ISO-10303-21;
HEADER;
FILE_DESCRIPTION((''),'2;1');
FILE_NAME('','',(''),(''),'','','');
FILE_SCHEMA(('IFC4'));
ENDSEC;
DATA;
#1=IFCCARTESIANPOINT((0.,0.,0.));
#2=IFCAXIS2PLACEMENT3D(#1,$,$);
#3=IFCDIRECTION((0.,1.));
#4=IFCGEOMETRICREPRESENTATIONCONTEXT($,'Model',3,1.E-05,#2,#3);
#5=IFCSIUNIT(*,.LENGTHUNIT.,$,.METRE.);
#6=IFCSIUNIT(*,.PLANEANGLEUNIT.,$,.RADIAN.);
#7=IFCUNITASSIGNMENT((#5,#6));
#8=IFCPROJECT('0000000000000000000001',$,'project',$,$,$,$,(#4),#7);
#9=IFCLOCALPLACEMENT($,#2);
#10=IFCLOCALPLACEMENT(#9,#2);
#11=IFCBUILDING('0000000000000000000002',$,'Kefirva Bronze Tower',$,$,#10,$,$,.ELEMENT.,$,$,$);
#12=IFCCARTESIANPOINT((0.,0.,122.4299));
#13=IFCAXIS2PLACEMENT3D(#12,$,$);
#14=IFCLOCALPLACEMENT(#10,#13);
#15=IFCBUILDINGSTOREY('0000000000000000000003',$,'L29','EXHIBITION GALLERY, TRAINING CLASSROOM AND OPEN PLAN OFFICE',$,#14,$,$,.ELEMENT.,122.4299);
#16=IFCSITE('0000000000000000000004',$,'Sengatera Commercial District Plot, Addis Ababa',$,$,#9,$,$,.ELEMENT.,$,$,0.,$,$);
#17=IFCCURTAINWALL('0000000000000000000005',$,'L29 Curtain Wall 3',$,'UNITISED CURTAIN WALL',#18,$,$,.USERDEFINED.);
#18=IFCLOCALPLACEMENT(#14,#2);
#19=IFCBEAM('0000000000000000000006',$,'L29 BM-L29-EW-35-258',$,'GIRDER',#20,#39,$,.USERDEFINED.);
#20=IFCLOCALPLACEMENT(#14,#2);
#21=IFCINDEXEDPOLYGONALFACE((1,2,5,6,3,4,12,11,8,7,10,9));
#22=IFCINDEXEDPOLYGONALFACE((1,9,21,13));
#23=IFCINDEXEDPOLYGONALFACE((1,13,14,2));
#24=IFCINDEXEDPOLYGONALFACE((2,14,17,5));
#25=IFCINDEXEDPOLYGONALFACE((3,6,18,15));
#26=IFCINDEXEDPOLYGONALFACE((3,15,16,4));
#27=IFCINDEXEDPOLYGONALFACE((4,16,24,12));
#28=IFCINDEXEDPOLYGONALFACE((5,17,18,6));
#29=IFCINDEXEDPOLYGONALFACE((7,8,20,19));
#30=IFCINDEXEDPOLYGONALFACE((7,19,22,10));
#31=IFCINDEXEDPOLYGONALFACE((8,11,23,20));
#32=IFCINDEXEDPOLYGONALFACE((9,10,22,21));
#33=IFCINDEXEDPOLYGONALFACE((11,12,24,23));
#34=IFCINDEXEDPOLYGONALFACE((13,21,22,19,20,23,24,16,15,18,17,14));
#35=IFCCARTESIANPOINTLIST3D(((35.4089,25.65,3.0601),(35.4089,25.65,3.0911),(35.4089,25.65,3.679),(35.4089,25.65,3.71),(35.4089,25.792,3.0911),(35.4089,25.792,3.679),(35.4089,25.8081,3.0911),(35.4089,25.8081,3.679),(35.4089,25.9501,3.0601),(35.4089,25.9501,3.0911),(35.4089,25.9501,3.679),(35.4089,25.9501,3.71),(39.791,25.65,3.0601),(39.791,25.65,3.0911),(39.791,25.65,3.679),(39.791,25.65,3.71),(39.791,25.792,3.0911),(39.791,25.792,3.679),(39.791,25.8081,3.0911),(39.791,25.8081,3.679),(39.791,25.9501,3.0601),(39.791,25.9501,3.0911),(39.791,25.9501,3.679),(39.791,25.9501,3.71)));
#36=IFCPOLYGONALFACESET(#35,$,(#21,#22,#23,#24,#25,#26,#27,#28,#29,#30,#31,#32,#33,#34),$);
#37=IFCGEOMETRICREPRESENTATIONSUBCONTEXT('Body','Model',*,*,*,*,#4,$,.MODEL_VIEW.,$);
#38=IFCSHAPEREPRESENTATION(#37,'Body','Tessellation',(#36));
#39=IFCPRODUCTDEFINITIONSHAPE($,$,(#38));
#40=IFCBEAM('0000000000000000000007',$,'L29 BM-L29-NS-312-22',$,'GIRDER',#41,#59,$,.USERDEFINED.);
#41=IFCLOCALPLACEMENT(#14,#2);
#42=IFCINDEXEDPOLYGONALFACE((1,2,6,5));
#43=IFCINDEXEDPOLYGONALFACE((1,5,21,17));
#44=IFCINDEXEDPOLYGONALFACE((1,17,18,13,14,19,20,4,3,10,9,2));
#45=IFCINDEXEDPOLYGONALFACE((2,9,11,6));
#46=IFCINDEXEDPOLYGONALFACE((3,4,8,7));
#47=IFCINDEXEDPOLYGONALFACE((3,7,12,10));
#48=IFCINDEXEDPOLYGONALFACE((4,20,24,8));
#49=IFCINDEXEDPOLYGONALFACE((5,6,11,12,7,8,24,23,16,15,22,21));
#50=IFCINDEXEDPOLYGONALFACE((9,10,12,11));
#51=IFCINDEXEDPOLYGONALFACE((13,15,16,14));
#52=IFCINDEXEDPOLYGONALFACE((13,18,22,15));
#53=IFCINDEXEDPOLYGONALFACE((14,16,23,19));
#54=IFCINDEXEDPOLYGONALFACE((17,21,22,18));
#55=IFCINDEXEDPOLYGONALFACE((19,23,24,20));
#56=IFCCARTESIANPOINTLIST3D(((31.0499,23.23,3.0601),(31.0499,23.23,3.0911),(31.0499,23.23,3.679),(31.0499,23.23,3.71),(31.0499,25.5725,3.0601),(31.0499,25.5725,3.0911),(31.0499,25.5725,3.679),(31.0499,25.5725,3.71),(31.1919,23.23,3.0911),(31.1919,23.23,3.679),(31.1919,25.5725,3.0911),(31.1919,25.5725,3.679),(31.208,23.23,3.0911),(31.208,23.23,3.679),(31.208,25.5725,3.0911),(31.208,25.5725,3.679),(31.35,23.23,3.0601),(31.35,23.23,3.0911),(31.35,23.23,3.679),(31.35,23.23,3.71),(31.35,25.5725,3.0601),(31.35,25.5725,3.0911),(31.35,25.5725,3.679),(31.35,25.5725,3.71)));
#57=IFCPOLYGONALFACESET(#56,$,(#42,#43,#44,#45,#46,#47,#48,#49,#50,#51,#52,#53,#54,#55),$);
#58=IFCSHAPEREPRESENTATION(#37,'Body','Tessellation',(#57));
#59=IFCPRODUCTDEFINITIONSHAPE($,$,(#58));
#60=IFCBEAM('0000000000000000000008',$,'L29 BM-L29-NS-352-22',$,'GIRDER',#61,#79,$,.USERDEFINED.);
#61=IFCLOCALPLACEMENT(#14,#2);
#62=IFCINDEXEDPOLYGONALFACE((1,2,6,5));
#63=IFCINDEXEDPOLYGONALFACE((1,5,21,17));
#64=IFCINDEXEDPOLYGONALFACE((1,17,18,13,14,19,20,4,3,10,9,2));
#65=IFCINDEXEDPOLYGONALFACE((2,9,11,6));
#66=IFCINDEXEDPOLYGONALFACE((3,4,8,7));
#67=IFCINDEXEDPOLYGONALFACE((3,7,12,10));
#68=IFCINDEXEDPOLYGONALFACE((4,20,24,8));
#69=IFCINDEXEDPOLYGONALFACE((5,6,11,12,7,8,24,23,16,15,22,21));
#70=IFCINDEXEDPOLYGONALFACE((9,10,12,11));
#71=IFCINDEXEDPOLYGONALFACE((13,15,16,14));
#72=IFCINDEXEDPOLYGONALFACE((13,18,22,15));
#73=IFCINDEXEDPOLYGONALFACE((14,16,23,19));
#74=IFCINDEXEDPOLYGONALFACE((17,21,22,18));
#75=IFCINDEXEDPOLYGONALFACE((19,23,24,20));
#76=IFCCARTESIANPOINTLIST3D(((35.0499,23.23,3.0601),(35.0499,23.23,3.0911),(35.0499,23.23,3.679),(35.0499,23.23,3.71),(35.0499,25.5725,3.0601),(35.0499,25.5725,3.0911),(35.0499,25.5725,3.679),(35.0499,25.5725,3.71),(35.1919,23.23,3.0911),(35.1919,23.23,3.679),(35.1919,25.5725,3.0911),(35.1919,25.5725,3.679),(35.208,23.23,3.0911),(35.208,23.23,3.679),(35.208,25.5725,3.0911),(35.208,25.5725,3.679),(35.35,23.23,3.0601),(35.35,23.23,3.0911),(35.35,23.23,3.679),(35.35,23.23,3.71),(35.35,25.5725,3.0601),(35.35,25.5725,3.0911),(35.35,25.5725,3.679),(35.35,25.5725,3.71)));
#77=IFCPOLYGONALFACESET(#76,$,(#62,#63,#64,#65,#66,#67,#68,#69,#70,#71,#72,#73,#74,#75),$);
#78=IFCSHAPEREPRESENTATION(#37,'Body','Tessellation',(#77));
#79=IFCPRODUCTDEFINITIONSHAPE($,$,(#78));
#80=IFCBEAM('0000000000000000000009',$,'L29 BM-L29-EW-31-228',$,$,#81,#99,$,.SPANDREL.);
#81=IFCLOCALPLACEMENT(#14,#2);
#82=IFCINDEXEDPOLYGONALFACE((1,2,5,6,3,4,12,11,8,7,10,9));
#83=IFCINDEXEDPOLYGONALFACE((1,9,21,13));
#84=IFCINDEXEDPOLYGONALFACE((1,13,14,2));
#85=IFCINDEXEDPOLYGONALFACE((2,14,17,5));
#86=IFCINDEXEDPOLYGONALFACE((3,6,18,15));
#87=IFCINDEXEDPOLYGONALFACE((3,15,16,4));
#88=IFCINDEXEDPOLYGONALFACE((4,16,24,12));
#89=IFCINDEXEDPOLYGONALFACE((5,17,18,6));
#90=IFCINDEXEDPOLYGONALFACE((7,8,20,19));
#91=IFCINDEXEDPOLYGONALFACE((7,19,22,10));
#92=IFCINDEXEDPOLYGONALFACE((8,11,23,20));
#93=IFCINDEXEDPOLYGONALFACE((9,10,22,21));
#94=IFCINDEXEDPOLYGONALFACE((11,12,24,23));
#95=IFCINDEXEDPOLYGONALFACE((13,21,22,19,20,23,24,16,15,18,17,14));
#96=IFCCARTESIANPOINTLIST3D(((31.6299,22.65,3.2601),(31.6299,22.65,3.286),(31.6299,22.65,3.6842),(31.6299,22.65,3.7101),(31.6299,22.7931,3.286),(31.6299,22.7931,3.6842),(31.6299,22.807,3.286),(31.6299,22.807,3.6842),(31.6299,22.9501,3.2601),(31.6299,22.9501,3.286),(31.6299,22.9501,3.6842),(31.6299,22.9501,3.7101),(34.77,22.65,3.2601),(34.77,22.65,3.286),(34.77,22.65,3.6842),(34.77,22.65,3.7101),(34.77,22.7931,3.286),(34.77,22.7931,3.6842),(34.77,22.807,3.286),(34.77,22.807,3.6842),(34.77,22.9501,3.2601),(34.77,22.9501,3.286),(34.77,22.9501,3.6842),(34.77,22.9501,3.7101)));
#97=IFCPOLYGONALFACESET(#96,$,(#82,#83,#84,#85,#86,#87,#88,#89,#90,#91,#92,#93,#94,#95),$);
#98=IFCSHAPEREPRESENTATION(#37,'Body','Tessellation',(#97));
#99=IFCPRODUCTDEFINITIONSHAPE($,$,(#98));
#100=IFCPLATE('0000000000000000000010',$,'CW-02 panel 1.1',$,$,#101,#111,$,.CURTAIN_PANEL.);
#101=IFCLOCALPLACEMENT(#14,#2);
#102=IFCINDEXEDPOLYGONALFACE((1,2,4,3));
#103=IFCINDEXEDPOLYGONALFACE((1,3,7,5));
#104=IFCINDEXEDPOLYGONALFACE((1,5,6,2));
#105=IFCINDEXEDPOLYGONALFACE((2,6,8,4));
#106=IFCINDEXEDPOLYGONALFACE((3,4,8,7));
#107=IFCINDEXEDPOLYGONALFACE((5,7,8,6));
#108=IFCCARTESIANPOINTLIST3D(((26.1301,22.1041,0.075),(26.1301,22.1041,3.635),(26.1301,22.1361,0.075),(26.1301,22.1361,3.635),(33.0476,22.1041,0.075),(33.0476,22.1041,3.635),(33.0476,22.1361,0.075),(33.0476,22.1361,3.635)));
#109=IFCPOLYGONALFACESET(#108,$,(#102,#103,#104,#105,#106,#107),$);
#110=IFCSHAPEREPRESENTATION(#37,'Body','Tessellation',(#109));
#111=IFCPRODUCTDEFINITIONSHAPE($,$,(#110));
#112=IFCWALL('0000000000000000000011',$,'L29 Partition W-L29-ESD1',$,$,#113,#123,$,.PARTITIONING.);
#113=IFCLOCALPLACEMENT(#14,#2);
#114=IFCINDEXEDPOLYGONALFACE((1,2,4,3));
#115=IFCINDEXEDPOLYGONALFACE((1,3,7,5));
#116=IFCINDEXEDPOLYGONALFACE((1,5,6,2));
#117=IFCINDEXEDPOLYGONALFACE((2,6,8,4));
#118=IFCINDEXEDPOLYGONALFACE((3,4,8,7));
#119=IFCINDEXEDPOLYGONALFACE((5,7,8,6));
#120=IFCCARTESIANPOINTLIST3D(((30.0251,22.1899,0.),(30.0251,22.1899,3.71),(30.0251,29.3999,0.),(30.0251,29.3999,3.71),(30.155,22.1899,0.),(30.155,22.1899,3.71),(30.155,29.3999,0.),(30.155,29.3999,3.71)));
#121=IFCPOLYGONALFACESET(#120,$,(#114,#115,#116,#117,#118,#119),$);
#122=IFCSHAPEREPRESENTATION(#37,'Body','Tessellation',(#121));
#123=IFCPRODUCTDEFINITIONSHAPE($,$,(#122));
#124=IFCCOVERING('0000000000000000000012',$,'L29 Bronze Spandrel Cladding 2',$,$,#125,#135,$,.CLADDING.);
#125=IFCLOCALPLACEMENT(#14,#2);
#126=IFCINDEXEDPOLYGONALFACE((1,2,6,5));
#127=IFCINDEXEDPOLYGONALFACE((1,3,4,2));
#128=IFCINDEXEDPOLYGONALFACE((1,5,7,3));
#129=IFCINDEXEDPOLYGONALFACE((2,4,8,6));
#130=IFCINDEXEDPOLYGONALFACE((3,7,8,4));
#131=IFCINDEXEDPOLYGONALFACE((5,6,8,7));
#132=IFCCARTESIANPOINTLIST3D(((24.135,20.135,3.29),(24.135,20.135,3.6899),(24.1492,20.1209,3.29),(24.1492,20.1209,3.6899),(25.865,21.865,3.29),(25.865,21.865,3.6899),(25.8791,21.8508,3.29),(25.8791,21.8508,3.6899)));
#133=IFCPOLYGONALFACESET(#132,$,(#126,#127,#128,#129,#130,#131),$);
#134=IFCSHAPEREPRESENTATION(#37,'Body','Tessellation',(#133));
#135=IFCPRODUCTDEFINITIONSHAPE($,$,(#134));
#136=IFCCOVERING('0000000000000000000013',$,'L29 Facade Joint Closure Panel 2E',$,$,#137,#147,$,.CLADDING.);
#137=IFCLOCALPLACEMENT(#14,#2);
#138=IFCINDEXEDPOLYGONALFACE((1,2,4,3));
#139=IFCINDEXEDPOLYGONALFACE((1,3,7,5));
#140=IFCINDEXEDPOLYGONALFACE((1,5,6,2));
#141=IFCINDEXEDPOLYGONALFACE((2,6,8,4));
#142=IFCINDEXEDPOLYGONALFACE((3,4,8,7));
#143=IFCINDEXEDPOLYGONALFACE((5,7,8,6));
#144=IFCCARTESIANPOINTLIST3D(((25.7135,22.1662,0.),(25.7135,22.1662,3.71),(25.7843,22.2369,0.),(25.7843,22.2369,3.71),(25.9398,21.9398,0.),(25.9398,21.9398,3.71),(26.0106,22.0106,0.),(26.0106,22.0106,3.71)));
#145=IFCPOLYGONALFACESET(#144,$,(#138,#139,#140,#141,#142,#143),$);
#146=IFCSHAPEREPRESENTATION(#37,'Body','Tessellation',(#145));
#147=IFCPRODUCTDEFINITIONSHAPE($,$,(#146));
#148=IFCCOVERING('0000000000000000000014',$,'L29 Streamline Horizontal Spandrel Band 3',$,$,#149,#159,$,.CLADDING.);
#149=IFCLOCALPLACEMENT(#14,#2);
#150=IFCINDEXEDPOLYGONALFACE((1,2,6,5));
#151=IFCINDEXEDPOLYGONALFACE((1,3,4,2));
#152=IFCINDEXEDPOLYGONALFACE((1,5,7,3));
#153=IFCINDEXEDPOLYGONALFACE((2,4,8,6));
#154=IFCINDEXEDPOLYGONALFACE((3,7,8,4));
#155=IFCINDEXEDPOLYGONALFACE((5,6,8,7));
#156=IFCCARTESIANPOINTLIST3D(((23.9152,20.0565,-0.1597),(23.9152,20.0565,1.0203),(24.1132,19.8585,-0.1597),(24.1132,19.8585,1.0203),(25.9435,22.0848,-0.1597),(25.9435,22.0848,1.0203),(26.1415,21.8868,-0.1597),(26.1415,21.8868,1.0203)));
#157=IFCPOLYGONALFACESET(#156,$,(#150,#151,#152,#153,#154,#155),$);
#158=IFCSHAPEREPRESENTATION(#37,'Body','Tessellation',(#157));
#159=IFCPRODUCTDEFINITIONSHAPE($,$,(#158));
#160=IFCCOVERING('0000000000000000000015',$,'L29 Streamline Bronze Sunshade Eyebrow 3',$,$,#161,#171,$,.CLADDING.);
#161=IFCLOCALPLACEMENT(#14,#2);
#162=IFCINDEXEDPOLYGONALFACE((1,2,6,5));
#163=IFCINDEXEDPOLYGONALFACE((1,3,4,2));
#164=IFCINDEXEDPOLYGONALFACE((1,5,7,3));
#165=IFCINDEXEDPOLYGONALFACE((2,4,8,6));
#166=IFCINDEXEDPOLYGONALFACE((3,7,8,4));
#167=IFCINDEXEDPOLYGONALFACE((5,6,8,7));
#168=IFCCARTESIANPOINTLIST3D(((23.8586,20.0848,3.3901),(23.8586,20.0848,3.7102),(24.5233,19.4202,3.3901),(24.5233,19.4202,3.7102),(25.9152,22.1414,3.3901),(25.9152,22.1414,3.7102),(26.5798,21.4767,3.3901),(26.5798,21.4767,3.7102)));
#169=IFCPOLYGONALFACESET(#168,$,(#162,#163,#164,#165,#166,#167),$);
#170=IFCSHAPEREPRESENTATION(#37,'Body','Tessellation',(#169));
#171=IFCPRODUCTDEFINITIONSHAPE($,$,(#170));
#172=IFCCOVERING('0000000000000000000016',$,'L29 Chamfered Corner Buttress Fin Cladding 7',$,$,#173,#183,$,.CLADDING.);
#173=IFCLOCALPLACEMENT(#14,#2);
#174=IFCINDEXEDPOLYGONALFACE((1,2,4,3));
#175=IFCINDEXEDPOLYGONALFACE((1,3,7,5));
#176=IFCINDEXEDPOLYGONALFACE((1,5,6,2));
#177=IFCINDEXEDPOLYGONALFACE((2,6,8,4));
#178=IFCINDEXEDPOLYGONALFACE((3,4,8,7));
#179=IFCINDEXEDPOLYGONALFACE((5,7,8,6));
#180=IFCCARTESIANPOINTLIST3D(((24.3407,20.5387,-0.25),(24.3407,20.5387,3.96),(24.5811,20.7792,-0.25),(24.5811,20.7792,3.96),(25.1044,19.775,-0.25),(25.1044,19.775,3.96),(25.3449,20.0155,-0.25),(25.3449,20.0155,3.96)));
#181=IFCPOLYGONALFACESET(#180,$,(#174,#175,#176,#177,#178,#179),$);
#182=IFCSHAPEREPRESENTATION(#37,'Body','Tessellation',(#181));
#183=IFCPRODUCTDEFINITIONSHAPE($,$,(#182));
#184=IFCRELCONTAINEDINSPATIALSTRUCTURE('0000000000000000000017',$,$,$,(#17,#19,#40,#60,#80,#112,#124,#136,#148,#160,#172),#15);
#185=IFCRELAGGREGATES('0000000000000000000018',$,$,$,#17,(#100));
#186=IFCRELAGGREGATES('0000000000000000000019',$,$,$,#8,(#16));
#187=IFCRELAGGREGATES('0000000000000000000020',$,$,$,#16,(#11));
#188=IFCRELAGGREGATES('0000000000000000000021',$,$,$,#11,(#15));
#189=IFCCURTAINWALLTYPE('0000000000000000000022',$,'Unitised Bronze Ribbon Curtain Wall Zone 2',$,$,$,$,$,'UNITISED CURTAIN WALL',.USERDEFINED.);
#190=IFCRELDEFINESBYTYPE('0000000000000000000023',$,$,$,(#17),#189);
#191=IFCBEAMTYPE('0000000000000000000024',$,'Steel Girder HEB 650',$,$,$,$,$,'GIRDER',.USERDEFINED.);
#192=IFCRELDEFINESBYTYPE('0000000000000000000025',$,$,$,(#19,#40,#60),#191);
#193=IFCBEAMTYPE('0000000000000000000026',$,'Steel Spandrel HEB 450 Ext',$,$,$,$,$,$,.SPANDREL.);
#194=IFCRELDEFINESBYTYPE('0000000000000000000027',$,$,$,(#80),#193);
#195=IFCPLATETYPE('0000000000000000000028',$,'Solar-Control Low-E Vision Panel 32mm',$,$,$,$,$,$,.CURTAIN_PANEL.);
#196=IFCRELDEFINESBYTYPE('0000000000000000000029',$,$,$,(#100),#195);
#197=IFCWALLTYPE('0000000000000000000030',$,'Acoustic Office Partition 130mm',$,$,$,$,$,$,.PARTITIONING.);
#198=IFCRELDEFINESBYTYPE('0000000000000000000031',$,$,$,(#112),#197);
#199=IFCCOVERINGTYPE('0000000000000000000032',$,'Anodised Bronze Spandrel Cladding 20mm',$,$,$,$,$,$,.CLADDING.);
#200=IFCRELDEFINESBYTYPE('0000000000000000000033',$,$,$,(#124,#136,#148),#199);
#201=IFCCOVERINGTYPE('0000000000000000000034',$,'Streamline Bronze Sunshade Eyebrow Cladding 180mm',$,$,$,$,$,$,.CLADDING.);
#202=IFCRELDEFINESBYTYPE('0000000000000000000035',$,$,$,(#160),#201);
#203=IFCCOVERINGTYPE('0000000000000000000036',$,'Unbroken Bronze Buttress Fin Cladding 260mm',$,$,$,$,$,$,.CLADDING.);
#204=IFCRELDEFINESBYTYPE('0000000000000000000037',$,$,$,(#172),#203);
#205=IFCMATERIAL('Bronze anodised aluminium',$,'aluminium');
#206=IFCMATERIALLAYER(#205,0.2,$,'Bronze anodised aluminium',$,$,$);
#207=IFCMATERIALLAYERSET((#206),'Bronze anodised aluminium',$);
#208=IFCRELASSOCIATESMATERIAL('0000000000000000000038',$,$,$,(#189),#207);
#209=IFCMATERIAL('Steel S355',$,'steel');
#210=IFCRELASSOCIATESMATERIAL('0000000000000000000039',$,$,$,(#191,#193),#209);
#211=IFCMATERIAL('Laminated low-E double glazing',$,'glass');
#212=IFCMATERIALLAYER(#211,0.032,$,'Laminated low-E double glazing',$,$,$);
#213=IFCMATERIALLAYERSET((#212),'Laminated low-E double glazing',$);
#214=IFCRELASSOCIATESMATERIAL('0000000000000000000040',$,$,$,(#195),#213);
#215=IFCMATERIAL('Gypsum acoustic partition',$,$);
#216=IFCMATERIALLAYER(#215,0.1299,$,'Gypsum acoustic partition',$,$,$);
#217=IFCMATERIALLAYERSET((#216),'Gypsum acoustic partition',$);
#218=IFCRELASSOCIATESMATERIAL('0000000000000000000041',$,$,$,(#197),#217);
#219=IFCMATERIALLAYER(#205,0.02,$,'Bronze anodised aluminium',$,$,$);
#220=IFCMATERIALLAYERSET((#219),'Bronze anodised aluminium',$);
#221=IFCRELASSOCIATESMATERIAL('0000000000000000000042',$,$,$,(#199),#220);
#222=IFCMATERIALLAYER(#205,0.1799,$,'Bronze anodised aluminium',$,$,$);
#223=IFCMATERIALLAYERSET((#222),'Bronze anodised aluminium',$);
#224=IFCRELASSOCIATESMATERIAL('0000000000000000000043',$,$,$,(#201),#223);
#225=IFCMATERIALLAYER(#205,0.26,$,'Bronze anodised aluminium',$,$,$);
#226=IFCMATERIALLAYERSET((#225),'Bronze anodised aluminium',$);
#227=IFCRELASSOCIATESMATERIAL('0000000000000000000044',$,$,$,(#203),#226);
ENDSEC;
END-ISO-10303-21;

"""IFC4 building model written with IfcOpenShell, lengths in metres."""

from ifc_helpers import new_model, si_unit, direction, frame, frame_2d, origin, origin_2d, place, context, subcontext, project, spatial, rectangle, i_section, extrude, material, layer, layer_set, material_profile, profile_set, type_object, element, aggregate, save


model = new_model("IFC4")

# Units and contexts
model_context = context("Model", 3, precision=1e-05, world=origin(), true_north=direction((0.0, 1.0)))
body_context = subcontext(model_context, "Body", "Model", "MODEL_VIEW")
ifc_project = project(units=[si_unit("LENGTHUNIT", "METRE"), si_unit("PLANEANGLEUNIT", "RADIAN")], contexts=[model_context])

# Site, building, storey
site_placement = place(None, origin())
site = spatial("IfcSite", under=ifc_project, at=site_placement, Name="Sengatera Commercial District Plot, Addis Ababa", CompositionType="ELEMENT", RefElevation=0.0)
building_placement = place(site_placement, origin())
building = spatial("IfcBuilding", under=site, at=building_placement, Name="Kefirva Bronze Tower", CompositionType="ELEMENT")
storey_placement = place(building_placement, frame((0.0, 0.0, 122.4299)))
storey = spatial("IfcBuildingStorey", under=building, at=storey_placement, Name="L29", Description="EXHIBITION GALLERY, TRAINING CLASSROOM AND OPEN PLAN OFFICE", CompositionType="ELEMENT", Elevation=122.4299)

# Curtain wall
ifc_material_1 = material(Name="Bronze anodised aluminium", Category="aluminium")
ifc_layer_1 = layer(ifc_material_1, 0.2, Name="Bronze anodised aluminium")
ifc_layer_set_1 = layer_set([ifc_layer_1], Name="Bronze anodised aluminium")
curtain_wall_type = type_object("IfcCurtainWallType", Name="Unitised Bronze Ribbon Curtain Wall Zone 2", ElementType="UNITISED CURTAIN WALL", PredefinedType="USERDEFINED", material=ifc_layer_set_1)
curtain_wall_placement = place(storey_placement, origin())
curtain_wall = element("IfcCurtainWall", 1, at=curtain_wall_placement, inside=storey, type_object=curtain_wall_type, Name="L29 Curtain Wall 3", ObjectType="UNITISED CURTAIN WALL", PredefinedType="USERDEFINED")

# Beams
ifc_material_2 = material(Name="Steel S355", Category="steel")
ifc_material_profile_1 = material_profile(ifc_material_2, i_section(OverallWidth=0.3, OverallDepth=0.6499, WebThickness=0.0161, FlangeThickness=0.031, at=origin_2d()), Name="HEB 650")
ifc_profile_set_1 = profile_set([ifc_material_profile_1], Name="Steel S355")
beam_type_1 = type_object("IfcBeamType", Name="Steel Girder HEB 650", ElementType="GIRDER", PredefinedType="USERDEFINED", material=ifc_profile_set_1)
beam_1_placement = place(storey_placement, frame((35.4089, 25.8, 3.385), z_axis=(1.0, 0.0, 0.0), x_axis=(0.0, 1.0, 0.0)))
element("IfcBeam", 2, at=beam_1_placement, inside=storey, type_object=beam_type_1, Name="L29 BM-L29-EW-35-258", ObjectType="GIRDER", PredefinedType="USERDEFINED", context=body_context, shape_type="SweptSolid", body=[
    extrude(i_section(OverallWidth=0.3, OverallDepth=0.6499, WebThickness=0.0161, FlangeThickness=0.031, at=origin_2d()), origin(), (0.0, 0.0, 1.0), 4.3821),
])
for number, where, z_axis, x_axis, name in (
    (3, (31.2, 23.23, 3.385), (0.0, 1.0, 0.0), (-1.0, 0.0, 0.0), "L29 BM-L29-NS-312-22"),
    (4, (35.2, 23.23, 3.385), (0.0, 1.0, 0.0), (-1.0, 0.0, 0.0), "L29 BM-L29-NS-352-22"),
):
    element("IfcBeam", number, at=place(storey_placement, frame(where, z_axis=z_axis, x_axis=x_axis)), inside=storey, type_object=beam_type_1, Name=name, ObjectType="GIRDER", PredefinedType="USERDEFINED", context=body_context, shape_type="SweptSolid", body=[
        extrude(i_section(OverallWidth=0.3, OverallDepth=0.6499, WebThickness=0.0161, FlangeThickness=0.031, at=origin_2d()), origin(), (0.0, 0.0, 1.0), 2.3425),
    ])
ifc_material_profile_2 = material_profile(ifc_material_2, i_section(OverallWidth=0.3, OverallDepth=0.45, WebThickness=0.0139, FlangeThickness=0.0259, at=origin_2d()), Name="HEB 450")
ifc_profile_set_2 = profile_set([ifc_material_profile_2], Name="Steel S355")
beam_type_2 = type_object("IfcBeamType", Name="Steel Spandrel HEB 450 Ext", PredefinedType="SPANDREL", material=ifc_profile_set_2)
beam_2_placement = place(storey_placement, frame((31.6299, 22.8, 3.4851), z_axis=(1.0, 0.0, 0.0), x_axis=(0.0, 1.0, 0.0)))
element("IfcBeam", 5, at=beam_2_placement, inside=storey, type_object=beam_type_2, Name="L29 BM-L29-EW-31-228", PredefinedType="SPANDREL", context=body_context, shape_type="SweptSolid", body=[
    extrude(i_section(OverallWidth=0.3, OverallDepth=0.45, WebThickness=0.0139, FlangeThickness=0.0259, at=origin_2d()), origin(), (0.0, 0.0, 1.0), 3.1401),
])

# Plate
ifc_material_3 = material(Name="Laminated low-E double glazing", Category="glass")
ifc_layer_2 = layer(ifc_material_3, 0.032, Name="Laminated low-E double glazing")
ifc_layer_set_2 = layer_set([ifc_layer_2], Name="Laminated low-E double glazing")
plate_type = type_object("IfcPlateType", Name="Solar-Control Low-E Vision Panel 32mm", PredefinedType="CURTAIN_PANEL", material=ifc_layer_set_2)
plate_placement = place(storey_placement, frame((29.5889, 22.1201, 0.075), z_axis=(0.0, 0.0, 1.0), x_axis=(1.0, 0.0, 0.0)))
plate = element("IfcPlate", 6, at=plate_placement, type_object=plate_type, Name="CW-02 panel 1.1", PredefinedType="CURTAIN_PANEL", context=body_context, shape_type="SweptSolid", body=[
    extrude(rectangle(XDim=6.9175, YDim=0.032, at=origin_2d()), origin(), (0.0, 0.0, 1.0), 3.5601),
])
aggregate(curtain_wall, [plate])

# Wall
ifc_material_4 = material(Name="Gypsum acoustic partition")
ifc_layer_3 = layer(ifc_material_4, 0.1299, Name="Gypsum acoustic partition")
ifc_layer_set_3 = layer_set([ifc_layer_3], Name="Gypsum acoustic partition")
wall_type = type_object("IfcWallType", Name="Acoustic Office Partition 130mm", PredefinedType="PARTITIONING", material=ifc_layer_set_3)
wall_placement = place(storey_placement, frame((30.0901, 22.1899, 0.0), z_axis=(0.0, 0.0, 1.0), x_axis=(0.0, 1.0, 0.0)))
element("IfcWall", 7, at=wall_placement, inside=storey, type_object=wall_type, Name="L29 Partition W-L29-ESD1", PredefinedType="PARTITIONING", context=body_context, shape_type="SweptSolid", body=[
    extrude(rectangle(XDim=7.21, YDim=0.1299, at=frame_2d((3.605, 0.0))), origin(), (0.0, 0.0, 1.0), 3.71),
])

# Coverings
ifc_layer_4 = layer(ifc_material_1, 0.02, Name="Bronze anodised aluminium")
ifc_layer_set_4 = layer_set([ifc_layer_4], Name="Bronze anodised aluminium")
covering_type_1 = type_object("IfcCoveringType", Name="Anodised Bronze Spandrel Cladding 20mm", PredefinedType="CLADDING", material=ifc_layer_set_4)
covering_1_placement = place(storey_placement, frame((25.0071, 20.9929, 3.29), z_axis=(0.0, 0.0, 1.0), x_axis=(0.707107, 0.707107, 0.0)))
element("IfcCovering", 8, at=covering_1_placement, inside=storey, type_object=covering_type_1, Name="L29 Bronze Spandrel Cladding 2", PredefinedType="CLADDING", context=body_context, shape_type="SweptSolid", body=[
    extrude(rectangle(XDim=2.4465, YDim=0.02, at=origin_2d()), origin(), (0.0, 0.0, 1.0), 0.3999),
])
covering_2_placement = place(storey_placement, frame((25.8621, 22.0884, 0.0), z_axis=(0.0, 0.0, 1.0), x_axis=(0.707107, 0.707107, 0.0)))
element("IfcCovering", 9, at=covering_2_placement, inside=storey, type_object=covering_type_1, Name="L29 Facade Joint Closure Panel 2E", PredefinedType="CLADDING", context=body_context, shape_type="SweptSolid", body=[
    extrude(rectangle(XDim=0.1001, YDim=0.3201, at=origin_2d()), origin(), (0.0, 0.0, 1.0), 3.71),
])
covering_3_placement = place(storey_placement, frame((25.0283, 20.9717, -0.1597), z_axis=(0.0, 0.0, 1.0), x_axis=(0.707107, 0.707107, 0.0)))
element("IfcCovering", 10, at=covering_3_placement, inside=storey, type_object=covering_type_1, Name="L29 Streamline Horizontal Spandrel Band 3", PredefinedType="CLADDING", context=body_context, shape_type="SweptSolid", body=[
    extrude(rectangle(XDim=2.8684, YDim=0.28, at=origin_2d()), origin(), (0.0, 0.0, 1.0), 1.1799),
])
ifc_layer_5 = layer(ifc_material_1, 0.1799, Name="Bronze anodised aluminium")
ifc_layer_set_5 = layer_set([ifc_layer_5], Name="Bronze anodised aluminium")
covering_type_2 = type_object("IfcCoveringType", Name="Streamline Bronze Sunshade Eyebrow Cladding 180mm", PredefinedType="CLADDING", material=ifc_layer_set_5)
covering_4_placement = place(storey_placement, frame((25.2192, 20.7808, 3.3901), z_axis=(0.0, 0.0, 1.0), x_axis=(0.707107, 0.707107, 0.0)))
element("IfcCovering", 11, at=covering_4_placement, inside=storey, type_object=covering_type_2, Name="L29 Streamline Bronze Sunshade Eyebrow 3", PredefinedType="CLADDING", context=body_context, shape_type="SweptSolid", body=[
    extrude(rectangle(XDim=2.9084, YDim=0.9399, at=origin_2d()), origin(), (0.0, 0.0, 1.0), 0.3201),
])
ifc_layer_6 = layer(ifc_material_1, 0.26, Name="Bronze anodised aluminium")
ifc_layer_set_6 = layer_set([ifc_layer_6], Name="Bronze anodised aluminium")
covering_type_3 = type_object("IfcCoveringType", Name="Unbroken Bronze Buttress Fin Cladding 260mm", PredefinedType="CLADDING", material=ifc_layer_set_6)
for number, where, z_axis, x_axis, name in (
    (12, (24.8428, 20.2771, -0.25), (0.0, 0.0, 1.0), (0.707107, 0.707107, 0.0), "L29 Chamfered Corner Buttress Fin Cladding 7"),
):
    element("IfcCovering", number, at=place(storey_placement, frame(where, z_axis=z_axis, x_axis=x_axis)), inside=storey, type_object=covering_type_3, Name=name, PredefinedType="CLADDING", context=body_context, shape_type="SweptSolid", body=[
        extrude(rectangle(XDim=0.3401, YDim=1.0801, at=origin_2d()), origin(), (0.0, 0.0, 1.0), 4.21),
    ])

save(model, "model.ifc")
